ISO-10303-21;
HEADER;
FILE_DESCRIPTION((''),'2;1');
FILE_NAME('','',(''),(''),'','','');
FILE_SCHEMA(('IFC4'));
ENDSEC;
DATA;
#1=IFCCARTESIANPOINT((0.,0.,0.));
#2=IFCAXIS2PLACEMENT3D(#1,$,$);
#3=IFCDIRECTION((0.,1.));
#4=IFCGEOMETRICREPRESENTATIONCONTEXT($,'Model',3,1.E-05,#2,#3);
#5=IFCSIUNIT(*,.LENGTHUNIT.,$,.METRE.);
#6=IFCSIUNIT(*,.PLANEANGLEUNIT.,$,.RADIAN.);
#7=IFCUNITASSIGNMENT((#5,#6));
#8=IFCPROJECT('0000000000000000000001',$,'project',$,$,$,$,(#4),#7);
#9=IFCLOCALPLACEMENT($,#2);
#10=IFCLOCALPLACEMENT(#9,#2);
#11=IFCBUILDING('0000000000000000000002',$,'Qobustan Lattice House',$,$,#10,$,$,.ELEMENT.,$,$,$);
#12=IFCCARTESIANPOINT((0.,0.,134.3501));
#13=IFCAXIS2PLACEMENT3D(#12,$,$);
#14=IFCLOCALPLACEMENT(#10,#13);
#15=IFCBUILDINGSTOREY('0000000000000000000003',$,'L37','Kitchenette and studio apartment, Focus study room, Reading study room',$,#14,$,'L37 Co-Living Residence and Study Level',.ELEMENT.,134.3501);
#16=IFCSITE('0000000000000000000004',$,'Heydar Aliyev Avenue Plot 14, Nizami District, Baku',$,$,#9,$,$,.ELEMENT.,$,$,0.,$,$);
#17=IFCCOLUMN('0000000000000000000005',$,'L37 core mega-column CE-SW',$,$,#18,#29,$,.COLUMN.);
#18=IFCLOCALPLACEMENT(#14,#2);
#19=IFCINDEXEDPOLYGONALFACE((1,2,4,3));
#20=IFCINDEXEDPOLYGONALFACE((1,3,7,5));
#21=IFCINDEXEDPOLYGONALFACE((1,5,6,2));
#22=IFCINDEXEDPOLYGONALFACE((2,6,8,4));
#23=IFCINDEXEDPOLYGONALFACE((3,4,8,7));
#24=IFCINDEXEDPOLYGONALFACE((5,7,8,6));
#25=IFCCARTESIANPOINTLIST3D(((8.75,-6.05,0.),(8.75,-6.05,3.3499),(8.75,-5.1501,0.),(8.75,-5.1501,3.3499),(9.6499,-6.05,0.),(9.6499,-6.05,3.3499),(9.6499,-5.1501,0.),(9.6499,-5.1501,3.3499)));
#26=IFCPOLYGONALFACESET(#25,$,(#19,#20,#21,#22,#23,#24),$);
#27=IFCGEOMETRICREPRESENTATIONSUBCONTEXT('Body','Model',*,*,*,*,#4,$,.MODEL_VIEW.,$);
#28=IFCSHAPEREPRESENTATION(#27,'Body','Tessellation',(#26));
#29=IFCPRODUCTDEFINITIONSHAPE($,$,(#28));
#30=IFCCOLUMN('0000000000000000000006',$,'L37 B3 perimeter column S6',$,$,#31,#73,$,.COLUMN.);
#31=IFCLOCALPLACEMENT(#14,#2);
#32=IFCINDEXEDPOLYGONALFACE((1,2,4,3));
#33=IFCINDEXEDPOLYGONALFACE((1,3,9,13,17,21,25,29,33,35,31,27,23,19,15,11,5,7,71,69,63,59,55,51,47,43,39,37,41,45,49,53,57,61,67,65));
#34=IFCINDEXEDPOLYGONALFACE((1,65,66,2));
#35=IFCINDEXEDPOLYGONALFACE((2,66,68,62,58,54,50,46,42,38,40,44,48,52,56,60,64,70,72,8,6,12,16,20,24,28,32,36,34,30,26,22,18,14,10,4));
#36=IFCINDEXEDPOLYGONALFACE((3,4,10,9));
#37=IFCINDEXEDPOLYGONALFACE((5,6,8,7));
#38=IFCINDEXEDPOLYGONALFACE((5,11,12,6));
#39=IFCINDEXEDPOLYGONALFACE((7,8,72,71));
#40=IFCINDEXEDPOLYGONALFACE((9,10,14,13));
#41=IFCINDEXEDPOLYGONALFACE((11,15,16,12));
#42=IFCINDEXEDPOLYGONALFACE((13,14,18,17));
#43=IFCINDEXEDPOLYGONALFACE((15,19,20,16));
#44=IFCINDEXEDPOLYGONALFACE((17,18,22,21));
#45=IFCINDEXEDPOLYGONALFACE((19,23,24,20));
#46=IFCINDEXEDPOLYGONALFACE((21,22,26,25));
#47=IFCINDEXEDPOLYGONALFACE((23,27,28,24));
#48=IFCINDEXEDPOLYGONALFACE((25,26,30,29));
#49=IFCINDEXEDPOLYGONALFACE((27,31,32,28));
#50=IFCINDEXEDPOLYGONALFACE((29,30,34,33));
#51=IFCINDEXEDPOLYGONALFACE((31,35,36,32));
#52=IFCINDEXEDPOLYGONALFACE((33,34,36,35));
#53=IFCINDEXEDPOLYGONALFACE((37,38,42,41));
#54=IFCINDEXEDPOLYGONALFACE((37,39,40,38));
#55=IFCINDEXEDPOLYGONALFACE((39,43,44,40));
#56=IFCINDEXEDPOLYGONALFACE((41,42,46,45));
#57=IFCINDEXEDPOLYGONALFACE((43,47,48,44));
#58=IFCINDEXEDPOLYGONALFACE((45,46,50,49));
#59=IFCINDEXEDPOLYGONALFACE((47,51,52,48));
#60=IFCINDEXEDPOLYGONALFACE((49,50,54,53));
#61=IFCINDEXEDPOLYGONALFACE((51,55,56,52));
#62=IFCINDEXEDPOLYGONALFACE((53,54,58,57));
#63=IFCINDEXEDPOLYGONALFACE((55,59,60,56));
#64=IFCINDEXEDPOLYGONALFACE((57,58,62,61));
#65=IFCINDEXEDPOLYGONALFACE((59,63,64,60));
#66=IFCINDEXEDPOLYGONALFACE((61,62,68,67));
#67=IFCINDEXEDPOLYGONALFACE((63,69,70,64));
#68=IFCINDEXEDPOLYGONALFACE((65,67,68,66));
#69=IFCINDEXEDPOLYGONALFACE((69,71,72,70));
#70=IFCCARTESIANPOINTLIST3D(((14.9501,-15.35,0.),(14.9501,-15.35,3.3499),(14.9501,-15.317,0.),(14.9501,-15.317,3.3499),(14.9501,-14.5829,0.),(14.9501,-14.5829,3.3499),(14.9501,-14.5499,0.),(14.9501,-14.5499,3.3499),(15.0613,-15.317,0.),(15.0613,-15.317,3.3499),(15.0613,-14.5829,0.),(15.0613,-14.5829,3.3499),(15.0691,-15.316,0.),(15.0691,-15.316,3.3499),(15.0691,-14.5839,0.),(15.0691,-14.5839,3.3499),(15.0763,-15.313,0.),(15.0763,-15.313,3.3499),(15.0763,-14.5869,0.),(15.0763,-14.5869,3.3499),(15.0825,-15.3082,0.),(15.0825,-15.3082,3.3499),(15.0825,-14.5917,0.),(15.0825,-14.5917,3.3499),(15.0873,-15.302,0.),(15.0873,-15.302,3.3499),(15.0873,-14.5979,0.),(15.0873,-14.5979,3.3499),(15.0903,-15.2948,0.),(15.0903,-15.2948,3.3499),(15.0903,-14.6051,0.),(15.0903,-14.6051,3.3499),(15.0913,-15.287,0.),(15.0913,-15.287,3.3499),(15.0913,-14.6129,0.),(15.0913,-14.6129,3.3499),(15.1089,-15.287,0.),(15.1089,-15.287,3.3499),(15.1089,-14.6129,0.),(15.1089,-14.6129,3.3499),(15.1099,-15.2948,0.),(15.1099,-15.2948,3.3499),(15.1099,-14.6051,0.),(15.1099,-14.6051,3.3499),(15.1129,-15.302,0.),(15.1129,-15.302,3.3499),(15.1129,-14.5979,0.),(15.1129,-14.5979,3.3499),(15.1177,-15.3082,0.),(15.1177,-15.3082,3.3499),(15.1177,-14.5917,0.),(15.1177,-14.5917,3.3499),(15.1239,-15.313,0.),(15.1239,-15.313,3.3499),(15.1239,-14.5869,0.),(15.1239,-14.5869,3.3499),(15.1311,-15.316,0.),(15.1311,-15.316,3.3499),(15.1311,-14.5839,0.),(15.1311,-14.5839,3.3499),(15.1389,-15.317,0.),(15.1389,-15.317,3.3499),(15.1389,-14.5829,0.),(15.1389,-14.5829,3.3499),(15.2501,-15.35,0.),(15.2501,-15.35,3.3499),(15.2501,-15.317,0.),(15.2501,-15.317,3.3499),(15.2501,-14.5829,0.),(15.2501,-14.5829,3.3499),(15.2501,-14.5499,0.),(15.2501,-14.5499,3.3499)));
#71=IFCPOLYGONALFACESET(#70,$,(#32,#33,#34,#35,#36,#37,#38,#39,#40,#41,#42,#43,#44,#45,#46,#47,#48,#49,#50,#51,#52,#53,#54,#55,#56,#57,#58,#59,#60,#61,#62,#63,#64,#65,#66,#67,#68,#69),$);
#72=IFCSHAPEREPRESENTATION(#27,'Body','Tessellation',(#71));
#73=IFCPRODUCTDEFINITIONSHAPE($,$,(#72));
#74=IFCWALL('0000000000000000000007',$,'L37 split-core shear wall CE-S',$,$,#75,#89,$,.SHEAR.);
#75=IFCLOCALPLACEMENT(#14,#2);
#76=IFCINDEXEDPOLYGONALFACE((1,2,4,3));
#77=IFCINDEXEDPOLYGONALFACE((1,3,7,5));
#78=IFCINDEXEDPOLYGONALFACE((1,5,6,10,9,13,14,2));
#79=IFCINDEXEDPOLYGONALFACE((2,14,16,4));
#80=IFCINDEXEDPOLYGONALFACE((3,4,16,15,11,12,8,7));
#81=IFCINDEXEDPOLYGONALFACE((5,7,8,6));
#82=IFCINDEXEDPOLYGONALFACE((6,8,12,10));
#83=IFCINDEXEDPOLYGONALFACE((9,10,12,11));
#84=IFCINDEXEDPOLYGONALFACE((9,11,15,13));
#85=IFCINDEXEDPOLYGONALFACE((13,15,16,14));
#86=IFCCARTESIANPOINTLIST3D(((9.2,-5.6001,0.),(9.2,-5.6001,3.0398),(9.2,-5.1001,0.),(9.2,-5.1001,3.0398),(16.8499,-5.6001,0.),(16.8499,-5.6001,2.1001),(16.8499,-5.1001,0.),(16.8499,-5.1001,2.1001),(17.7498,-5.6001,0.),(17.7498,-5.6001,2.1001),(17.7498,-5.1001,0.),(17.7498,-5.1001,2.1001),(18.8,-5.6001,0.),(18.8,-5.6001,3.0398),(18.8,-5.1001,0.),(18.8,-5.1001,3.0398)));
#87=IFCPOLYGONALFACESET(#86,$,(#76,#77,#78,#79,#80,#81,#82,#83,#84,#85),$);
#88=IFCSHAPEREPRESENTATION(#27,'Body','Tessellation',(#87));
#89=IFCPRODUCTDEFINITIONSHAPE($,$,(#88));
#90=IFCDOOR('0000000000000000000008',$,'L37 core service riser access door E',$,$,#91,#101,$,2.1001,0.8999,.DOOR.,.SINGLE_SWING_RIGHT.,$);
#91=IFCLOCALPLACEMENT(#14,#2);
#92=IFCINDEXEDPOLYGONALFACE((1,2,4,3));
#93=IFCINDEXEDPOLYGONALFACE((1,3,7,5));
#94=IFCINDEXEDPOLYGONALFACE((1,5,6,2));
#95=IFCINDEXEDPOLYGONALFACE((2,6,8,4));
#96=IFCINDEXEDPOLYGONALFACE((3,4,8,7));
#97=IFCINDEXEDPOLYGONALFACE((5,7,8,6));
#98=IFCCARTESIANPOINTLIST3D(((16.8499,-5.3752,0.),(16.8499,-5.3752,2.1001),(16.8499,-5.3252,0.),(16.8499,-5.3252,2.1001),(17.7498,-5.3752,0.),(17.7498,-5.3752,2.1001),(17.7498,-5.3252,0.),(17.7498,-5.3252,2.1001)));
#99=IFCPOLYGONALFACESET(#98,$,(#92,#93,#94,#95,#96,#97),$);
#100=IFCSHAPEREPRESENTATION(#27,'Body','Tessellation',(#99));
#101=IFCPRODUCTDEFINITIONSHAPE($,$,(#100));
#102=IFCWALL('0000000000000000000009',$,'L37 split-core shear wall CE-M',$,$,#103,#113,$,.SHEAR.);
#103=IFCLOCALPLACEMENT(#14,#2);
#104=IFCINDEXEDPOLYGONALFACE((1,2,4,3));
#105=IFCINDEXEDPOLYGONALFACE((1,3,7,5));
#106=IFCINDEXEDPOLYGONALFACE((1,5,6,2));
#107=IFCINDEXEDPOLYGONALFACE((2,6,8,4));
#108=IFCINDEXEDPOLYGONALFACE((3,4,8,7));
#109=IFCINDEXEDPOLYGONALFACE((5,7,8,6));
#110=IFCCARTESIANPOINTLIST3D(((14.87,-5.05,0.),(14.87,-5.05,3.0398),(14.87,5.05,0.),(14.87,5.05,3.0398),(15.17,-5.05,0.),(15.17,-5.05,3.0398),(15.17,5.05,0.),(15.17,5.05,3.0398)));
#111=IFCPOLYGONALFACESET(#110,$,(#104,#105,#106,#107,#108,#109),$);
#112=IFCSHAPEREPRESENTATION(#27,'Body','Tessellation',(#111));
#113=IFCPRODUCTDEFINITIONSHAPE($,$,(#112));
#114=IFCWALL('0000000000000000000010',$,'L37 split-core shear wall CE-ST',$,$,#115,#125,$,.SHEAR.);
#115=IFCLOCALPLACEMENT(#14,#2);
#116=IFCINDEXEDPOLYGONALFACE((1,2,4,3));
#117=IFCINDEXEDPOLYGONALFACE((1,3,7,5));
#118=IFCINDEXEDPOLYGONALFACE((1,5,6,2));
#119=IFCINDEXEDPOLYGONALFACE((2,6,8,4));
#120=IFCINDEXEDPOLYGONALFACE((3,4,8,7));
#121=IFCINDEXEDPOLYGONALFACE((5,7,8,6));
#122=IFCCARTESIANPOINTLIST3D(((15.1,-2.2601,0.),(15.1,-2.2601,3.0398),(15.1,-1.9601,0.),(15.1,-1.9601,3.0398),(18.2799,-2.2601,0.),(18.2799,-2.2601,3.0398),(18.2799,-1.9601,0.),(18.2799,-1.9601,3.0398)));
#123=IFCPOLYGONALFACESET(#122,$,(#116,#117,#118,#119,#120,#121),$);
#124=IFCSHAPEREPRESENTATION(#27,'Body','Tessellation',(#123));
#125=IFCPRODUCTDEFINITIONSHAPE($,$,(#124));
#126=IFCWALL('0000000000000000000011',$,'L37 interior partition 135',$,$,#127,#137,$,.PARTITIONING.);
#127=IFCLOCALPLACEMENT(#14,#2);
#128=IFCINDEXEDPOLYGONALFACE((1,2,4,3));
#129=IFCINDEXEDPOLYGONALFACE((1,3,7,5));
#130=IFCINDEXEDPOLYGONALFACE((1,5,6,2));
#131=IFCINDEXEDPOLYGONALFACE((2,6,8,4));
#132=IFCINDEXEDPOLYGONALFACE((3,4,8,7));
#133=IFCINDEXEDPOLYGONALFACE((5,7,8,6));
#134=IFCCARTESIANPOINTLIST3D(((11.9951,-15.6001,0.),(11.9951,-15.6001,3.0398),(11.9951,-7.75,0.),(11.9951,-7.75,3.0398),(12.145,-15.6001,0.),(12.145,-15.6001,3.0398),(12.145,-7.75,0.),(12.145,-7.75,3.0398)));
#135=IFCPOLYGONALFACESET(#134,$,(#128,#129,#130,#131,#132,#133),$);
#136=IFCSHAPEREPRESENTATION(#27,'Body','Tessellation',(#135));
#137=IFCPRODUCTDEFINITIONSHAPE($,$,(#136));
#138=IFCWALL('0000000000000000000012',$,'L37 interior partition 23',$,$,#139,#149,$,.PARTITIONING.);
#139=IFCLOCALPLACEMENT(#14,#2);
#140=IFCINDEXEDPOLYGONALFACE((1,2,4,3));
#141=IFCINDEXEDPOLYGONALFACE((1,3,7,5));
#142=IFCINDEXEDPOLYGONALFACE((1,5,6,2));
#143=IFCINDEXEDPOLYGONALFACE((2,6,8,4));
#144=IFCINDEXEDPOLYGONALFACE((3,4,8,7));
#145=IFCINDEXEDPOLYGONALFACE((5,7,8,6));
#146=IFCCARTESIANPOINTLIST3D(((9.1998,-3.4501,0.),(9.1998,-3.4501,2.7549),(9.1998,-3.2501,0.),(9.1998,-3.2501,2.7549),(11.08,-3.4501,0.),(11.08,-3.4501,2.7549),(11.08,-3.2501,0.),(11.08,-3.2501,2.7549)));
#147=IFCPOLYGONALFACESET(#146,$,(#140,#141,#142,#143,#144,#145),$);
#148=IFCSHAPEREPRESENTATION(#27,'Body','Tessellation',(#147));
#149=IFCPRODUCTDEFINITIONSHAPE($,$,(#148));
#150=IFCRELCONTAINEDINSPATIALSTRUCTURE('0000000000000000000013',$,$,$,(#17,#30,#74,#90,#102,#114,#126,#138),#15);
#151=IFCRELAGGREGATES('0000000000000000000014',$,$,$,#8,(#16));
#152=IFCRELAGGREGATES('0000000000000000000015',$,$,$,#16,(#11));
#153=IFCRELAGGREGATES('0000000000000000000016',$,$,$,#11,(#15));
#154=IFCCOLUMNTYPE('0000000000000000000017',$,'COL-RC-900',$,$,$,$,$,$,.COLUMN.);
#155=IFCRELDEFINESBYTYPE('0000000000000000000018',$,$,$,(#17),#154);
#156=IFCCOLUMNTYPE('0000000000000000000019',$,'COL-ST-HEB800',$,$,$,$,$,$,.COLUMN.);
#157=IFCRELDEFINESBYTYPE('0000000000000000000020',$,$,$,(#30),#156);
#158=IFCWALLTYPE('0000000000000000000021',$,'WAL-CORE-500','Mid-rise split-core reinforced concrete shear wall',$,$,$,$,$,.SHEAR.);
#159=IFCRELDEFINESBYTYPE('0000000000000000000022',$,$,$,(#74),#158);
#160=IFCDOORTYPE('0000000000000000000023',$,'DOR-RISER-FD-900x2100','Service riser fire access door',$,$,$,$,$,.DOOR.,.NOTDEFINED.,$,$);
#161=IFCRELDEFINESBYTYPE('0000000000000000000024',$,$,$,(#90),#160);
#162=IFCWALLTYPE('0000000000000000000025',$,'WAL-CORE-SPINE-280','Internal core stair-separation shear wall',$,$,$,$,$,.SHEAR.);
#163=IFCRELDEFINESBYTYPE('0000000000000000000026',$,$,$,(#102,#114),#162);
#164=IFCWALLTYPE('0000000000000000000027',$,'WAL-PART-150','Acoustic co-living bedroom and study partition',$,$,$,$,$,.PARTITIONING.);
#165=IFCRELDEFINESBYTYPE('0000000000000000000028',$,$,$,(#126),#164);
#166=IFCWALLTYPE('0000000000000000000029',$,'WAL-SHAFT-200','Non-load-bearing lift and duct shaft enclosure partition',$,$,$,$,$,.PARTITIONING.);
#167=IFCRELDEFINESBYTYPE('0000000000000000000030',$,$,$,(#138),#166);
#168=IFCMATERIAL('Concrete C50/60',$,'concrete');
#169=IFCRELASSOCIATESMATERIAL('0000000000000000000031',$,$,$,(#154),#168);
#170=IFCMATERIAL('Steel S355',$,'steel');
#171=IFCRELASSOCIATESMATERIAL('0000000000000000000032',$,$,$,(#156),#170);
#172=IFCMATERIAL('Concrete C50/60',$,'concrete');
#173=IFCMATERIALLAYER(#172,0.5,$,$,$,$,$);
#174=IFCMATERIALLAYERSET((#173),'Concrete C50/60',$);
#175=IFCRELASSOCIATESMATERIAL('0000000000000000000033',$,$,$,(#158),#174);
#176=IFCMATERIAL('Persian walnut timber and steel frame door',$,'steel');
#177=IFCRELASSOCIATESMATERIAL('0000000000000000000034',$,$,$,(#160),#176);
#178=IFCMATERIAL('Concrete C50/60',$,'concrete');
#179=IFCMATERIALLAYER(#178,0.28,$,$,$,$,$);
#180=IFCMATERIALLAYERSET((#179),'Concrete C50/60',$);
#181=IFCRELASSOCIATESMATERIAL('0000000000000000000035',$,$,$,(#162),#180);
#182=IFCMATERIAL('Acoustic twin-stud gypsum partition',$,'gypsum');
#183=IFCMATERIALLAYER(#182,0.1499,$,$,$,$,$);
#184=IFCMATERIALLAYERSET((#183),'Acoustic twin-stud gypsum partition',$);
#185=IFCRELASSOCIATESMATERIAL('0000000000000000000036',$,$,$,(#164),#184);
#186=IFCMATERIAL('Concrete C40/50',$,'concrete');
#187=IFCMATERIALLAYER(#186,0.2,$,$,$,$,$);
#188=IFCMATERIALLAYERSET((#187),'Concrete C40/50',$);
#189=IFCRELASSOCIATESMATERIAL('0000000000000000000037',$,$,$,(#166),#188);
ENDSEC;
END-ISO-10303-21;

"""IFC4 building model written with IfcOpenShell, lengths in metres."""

from ifc_helpers import new_model, si_unit, direction, frame, frame_2d, origin, origin_2d, place, context, subcontext, project, spatial, rectangle, i_section, extrude, material, layer, layer_set, material_profile, profile_set, type_object, element, fill, save


model = new_model("IFC4")

# Units and contexts
model_context = context("Model", 3, precision=1e-05, world=origin(), true_north=direction((0.0, 1.0)))
body_context = subcontext(model_context, "Body", "Model", "MODEL_VIEW")
ifc_project = project(units=[si_unit("LENGTHUNIT", "METRE"), si_unit("PLANEANGLEUNIT", "RADIAN")], contexts=[model_context])

# Site, building, storey
site_placement = place(None, origin())
site = spatial("IfcSite", under=ifc_project, at=site_placement, Name="Heydar Aliyev Avenue Plot 14, Nizami District, Baku", CompositionType="ELEMENT", RefElevation=0.0)
building_placement = place(site_placement, origin())
building = spatial("IfcBuilding", under=site, at=building_placement, Name="Qobustan Lattice House", CompositionType="ELEMENT")
storey_placement = place(building_placement, frame((0.0, 0.0, 134.3501)))
storey = spatial("IfcBuildingStorey", under=building, at=storey_placement, Name="L37", Description="Kitchenette and studio apartment, Focus study room, Reading study room", LongName="L37 Co-Living Residence and Study Level", CompositionType="ELEMENT", Elevation=134.3501)

# Columns
ifc_material_1 = material(Name="Concrete C50/60", Category="concrete")
ifc_material_profile_1 = material_profile(ifc_material_1, rectangle(XDim=0.8999, YDim=0.8999, at=origin_2d()), Name="RC900x900")
ifc_profile_set_1 = profile_set([ifc_material_profile_1], Name="Concrete C50/60")
column_type_1 = type_object("IfcColumnType", Name="COL-RC-900", PredefinedType="COLUMN", material=ifc_profile_set_1)
column_1_placement = place(storey_placement, frame((9.2, -5.6001, 0.0), z_axis=(0.0, 0.0, 1.0), x_axis=(1.0, 0.0, 0.0)))
element("IfcColumn", 1, at=column_1_placement, inside=storey, type_object=column_type_1, Name="L37 core mega-column CE-SW", PredefinedType="COLUMN", context=body_context, shape_type="SweptSolid", body=[
    extrude(rectangle(XDim=0.8999, YDim=0.8999, at=origin_2d()), origin(), (0.0, 0.0, 1.0), 3.3499),
])
ifc_material_2 = material(Name="Steel S355", Category="steel")
ifc_material_profile_2 = material_profile(ifc_material_2, i_section(OverallWidth=0.3, OverallDepth=0.8, WebThickness=0.0176, FlangeThickness=0.033, FilletRadius=0.03, at=origin_2d()), Name="HEB800")
ifc_profile_set_2 = profile_set([ifc_material_profile_2], Name="Steel S355")
column_type_2 = type_object("IfcColumnType", Name="COL-ST-HEB800", PredefinedType="COLUMN", material=ifc_profile_set_2)
column_2_placement = place(storey_placement, frame((15.1001, -14.95, 0.0), z_axis=(0.0, 0.0, 1.0), x_axis=(1.0, 0.0, 0.0)))
element("IfcColumn", 2, at=column_2_placement, inside=storey, type_object=column_type_2, Name="L37 B3 perimeter column S6", PredefinedType="COLUMN", context=body_context, shape_type="SweptSolid", body=[
    extrude(i_section(OverallWidth=0.3, OverallDepth=0.8, WebThickness=0.0176, FlangeThickness=0.033, FilletRadius=0.03, at=origin_2d()), origin(), (0.0, 0.0, 1.0), 3.3499),
])

# Wall, opening, door
ifc_material_3 = material(Name="Concrete C50/60", Category="concrete")
ifc_layer_1 = layer(ifc_material_3, 0.5)
ifc_layer_set_1 = layer_set([ifc_layer_1], Name="Concrete C50/60")
wall_type_1 = type_object("IfcWallType", Name="WAL-CORE-500", Description="Mid-rise split-core reinforced concrete shear wall", PredefinedType="SHEAR", material=ifc_layer_set_1)
wall_1_placement = place(storey_placement, frame((9.2, -5.3501, 0.0), z_axis=(0.0, 0.0, 1.0), x_axis=(1.0, 0.0, 0.0)))
wall_1 = element("IfcWall", 3, at=wall_1_placement, inside=storey, type_object=wall_type_1, Name="L37 split-core shear wall CE-S", PredefinedType="SHEAR", context=body_context, shape_type="SweptSolid", body=[
    extrude(rectangle(XDim=9.6001, YDim=0.5, at=frame_2d((4.8, 0.0))), origin(), (0.0, 0.0, 1.0), 3.0398),
])
opening_1_placement = place(wall_1_placement, frame((7.6499, 0.0, 0.0)))
opening_1 = element("IfcOpeningElement", 4, at=opening_1_placement, cuts=wall_1, PredefinedType="OPENING", context=body_context, shape_type="SweptSolid", body=[
    extrude(rectangle(XDim=0.8999, YDim=2.1001, at=frame_2d((0.45, 1.05))), frame((0.0, 0.26, 0.0), z_axis=(0.0, -1.0, 0.0), x_axis=(1.0, 0.0, 0.0)), (0.0, 0.0, 1.0), 0.52),
])
ifc_material_4 = material(Name="Persian walnut timber and steel frame door", Category="steel")
door_type_1 = type_object("IfcDoorType", Name="DOR-RISER-FD-900x2100", Description="Service riser fire access door", OperationType="NOTDEFINED", PredefinedType="DOOR", material=ifc_material_4)
door_1_placement = place(opening_1_placement, origin())
door_1 = element("IfcDoor", 5, at=door_1_placement, inside=storey, type_object=door_type_1, Name="L37 core service riser access door E", OperationType="SINGLE_SWING_RIGHT", OverallHeight=2.1001, OverallWidth=0.8999, PredefinedType="DOOR", context=body_context, shape_type="SweptSolid", body=[
    extrude(rectangle(XDim=0.8999, YDim=2.1001, at=frame_2d((0.45, 1.05))), frame((0.0, 0.0249, 0.0), z_axis=(0.0, -1.0, 0.0), x_axis=(1.0, 0.0, 0.0)), (0.0, 0.0, 1.0), 0.05),
])
fill(opening_1, door_1)

# Walls
ifc_material_5 = material(Name="Concrete C50/60", Category="concrete")
ifc_layer_2 = layer(ifc_material_5, 0.28)
ifc_layer_set_2 = layer_set([ifc_layer_2], Name="Concrete C50/60")
wall_type_2 = type_object("IfcWallType", Name="WAL-CORE-SPINE-280", Description="Internal core stair-separation shear wall", PredefinedType="SHEAR", material=ifc_layer_set_2)
wall_2_placement = place(storey_placement, frame((15.02, -5.05, 0.0), z_axis=(0.0, 0.0, 1.0), x_axis=(0.0, 1.0, 0.0)))
element("IfcWall", 6, at=wall_2_placement, inside=storey, type_object=wall_type_2, Name="L37 split-core shear wall CE-M", PredefinedType="SHEAR", context=body_context, shape_type="SweptSolid", body=[
    extrude(rectangle(XDim=10.1001, YDim=0.3, at=frame_2d((5.05, 0.0))), origin(), (0.0, 0.0, 1.0), 3.0398),
])
wall_3_placement = place(storey_placement, frame((15.1001, -2.1101, 0.0), z_axis=(0.0, 0.0, 1.0), x_axis=(1.0, 0.0, 0.0)))
element("IfcWall", 7, at=wall_3_placement, inside=storey, type_object=wall_type_2, Name="L37 split-core shear wall CE-ST", PredefinedType="SHEAR", context=body_context, shape_type="SweptSolid", body=[
    extrude(rectangle(XDim=3.1799, YDim=0.3, at=frame_2d((1.5898, 0.0))), origin(), (0.0, 0.0, 1.0), 3.0398),
])

# Walls
ifc_material_6 = material(Name="Acoustic twin-stud gypsum partition", Category="gypsum")
ifc_layer_3 = layer(ifc_material_6, 0.1499)
ifc_layer_set_3 = layer_set([ifc_layer_3], Name="Acoustic twin-stud gypsum partition")
wall_type_3 = type_object("IfcWallType", Name="WAL-PART-150", Description="Acoustic co-living bedroom and study partition", PredefinedType="PARTITIONING", material=ifc_layer_set_3)
wall_4_placement = place(storey_placement, frame((12.0701, -7.75, 0.0), z_axis=(0.0, 0.0, 1.0), x_axis=(0.0, -1.0, 0.0)))
element("IfcWall", 8, at=wall_4_placement, inside=storey, type_object=wall_type_3, Name="L37 interior partition 135", PredefinedType="PARTITIONING", context=body_context, shape_type="SweptSolid", body=[
    extrude(rectangle(XDim=7.8501, YDim=0.1499, at=frame_2d((3.925, 0.0))), origin(), (0.0, 0.0, 1.0), 3.0398),
])
ifc_material_7 = material(Name="Concrete C40/50", Category="concrete")
ifc_layer_4 = layer(ifc_material_7, 0.2)
ifc_layer_set_4 = layer_set([ifc_layer_4], Name="Concrete C40/50")
wall_type_4 = type_object("IfcWallType", Name="WAL-SHAFT-200", Description="Non-load-bearing lift and duct shaft enclosure partition", PredefinedType="PARTITIONING", material=ifc_layer_set_4)
wall_5_placement = place(storey_placement, frame((9.2, -3.3501, 0.0), z_axis=(0.0, 0.0, 1.0), x_axis=(1.0, 0.0, 0.0)))
element("IfcWall", 9, at=wall_5_placement, inside=storey, type_object=wall_type_4, Name="L37 interior partition 23", PredefinedType="PARTITIONING", context=body_context, shape_type="SweptSolid", body=[
    extrude(rectangle(XDim=1.8801, YDim=0.2, at=frame_2d((0.9399, 0.0))), origin(), (0.0, 0.0, 1.0), 2.7549),
])

save(model, "model.ifc")
